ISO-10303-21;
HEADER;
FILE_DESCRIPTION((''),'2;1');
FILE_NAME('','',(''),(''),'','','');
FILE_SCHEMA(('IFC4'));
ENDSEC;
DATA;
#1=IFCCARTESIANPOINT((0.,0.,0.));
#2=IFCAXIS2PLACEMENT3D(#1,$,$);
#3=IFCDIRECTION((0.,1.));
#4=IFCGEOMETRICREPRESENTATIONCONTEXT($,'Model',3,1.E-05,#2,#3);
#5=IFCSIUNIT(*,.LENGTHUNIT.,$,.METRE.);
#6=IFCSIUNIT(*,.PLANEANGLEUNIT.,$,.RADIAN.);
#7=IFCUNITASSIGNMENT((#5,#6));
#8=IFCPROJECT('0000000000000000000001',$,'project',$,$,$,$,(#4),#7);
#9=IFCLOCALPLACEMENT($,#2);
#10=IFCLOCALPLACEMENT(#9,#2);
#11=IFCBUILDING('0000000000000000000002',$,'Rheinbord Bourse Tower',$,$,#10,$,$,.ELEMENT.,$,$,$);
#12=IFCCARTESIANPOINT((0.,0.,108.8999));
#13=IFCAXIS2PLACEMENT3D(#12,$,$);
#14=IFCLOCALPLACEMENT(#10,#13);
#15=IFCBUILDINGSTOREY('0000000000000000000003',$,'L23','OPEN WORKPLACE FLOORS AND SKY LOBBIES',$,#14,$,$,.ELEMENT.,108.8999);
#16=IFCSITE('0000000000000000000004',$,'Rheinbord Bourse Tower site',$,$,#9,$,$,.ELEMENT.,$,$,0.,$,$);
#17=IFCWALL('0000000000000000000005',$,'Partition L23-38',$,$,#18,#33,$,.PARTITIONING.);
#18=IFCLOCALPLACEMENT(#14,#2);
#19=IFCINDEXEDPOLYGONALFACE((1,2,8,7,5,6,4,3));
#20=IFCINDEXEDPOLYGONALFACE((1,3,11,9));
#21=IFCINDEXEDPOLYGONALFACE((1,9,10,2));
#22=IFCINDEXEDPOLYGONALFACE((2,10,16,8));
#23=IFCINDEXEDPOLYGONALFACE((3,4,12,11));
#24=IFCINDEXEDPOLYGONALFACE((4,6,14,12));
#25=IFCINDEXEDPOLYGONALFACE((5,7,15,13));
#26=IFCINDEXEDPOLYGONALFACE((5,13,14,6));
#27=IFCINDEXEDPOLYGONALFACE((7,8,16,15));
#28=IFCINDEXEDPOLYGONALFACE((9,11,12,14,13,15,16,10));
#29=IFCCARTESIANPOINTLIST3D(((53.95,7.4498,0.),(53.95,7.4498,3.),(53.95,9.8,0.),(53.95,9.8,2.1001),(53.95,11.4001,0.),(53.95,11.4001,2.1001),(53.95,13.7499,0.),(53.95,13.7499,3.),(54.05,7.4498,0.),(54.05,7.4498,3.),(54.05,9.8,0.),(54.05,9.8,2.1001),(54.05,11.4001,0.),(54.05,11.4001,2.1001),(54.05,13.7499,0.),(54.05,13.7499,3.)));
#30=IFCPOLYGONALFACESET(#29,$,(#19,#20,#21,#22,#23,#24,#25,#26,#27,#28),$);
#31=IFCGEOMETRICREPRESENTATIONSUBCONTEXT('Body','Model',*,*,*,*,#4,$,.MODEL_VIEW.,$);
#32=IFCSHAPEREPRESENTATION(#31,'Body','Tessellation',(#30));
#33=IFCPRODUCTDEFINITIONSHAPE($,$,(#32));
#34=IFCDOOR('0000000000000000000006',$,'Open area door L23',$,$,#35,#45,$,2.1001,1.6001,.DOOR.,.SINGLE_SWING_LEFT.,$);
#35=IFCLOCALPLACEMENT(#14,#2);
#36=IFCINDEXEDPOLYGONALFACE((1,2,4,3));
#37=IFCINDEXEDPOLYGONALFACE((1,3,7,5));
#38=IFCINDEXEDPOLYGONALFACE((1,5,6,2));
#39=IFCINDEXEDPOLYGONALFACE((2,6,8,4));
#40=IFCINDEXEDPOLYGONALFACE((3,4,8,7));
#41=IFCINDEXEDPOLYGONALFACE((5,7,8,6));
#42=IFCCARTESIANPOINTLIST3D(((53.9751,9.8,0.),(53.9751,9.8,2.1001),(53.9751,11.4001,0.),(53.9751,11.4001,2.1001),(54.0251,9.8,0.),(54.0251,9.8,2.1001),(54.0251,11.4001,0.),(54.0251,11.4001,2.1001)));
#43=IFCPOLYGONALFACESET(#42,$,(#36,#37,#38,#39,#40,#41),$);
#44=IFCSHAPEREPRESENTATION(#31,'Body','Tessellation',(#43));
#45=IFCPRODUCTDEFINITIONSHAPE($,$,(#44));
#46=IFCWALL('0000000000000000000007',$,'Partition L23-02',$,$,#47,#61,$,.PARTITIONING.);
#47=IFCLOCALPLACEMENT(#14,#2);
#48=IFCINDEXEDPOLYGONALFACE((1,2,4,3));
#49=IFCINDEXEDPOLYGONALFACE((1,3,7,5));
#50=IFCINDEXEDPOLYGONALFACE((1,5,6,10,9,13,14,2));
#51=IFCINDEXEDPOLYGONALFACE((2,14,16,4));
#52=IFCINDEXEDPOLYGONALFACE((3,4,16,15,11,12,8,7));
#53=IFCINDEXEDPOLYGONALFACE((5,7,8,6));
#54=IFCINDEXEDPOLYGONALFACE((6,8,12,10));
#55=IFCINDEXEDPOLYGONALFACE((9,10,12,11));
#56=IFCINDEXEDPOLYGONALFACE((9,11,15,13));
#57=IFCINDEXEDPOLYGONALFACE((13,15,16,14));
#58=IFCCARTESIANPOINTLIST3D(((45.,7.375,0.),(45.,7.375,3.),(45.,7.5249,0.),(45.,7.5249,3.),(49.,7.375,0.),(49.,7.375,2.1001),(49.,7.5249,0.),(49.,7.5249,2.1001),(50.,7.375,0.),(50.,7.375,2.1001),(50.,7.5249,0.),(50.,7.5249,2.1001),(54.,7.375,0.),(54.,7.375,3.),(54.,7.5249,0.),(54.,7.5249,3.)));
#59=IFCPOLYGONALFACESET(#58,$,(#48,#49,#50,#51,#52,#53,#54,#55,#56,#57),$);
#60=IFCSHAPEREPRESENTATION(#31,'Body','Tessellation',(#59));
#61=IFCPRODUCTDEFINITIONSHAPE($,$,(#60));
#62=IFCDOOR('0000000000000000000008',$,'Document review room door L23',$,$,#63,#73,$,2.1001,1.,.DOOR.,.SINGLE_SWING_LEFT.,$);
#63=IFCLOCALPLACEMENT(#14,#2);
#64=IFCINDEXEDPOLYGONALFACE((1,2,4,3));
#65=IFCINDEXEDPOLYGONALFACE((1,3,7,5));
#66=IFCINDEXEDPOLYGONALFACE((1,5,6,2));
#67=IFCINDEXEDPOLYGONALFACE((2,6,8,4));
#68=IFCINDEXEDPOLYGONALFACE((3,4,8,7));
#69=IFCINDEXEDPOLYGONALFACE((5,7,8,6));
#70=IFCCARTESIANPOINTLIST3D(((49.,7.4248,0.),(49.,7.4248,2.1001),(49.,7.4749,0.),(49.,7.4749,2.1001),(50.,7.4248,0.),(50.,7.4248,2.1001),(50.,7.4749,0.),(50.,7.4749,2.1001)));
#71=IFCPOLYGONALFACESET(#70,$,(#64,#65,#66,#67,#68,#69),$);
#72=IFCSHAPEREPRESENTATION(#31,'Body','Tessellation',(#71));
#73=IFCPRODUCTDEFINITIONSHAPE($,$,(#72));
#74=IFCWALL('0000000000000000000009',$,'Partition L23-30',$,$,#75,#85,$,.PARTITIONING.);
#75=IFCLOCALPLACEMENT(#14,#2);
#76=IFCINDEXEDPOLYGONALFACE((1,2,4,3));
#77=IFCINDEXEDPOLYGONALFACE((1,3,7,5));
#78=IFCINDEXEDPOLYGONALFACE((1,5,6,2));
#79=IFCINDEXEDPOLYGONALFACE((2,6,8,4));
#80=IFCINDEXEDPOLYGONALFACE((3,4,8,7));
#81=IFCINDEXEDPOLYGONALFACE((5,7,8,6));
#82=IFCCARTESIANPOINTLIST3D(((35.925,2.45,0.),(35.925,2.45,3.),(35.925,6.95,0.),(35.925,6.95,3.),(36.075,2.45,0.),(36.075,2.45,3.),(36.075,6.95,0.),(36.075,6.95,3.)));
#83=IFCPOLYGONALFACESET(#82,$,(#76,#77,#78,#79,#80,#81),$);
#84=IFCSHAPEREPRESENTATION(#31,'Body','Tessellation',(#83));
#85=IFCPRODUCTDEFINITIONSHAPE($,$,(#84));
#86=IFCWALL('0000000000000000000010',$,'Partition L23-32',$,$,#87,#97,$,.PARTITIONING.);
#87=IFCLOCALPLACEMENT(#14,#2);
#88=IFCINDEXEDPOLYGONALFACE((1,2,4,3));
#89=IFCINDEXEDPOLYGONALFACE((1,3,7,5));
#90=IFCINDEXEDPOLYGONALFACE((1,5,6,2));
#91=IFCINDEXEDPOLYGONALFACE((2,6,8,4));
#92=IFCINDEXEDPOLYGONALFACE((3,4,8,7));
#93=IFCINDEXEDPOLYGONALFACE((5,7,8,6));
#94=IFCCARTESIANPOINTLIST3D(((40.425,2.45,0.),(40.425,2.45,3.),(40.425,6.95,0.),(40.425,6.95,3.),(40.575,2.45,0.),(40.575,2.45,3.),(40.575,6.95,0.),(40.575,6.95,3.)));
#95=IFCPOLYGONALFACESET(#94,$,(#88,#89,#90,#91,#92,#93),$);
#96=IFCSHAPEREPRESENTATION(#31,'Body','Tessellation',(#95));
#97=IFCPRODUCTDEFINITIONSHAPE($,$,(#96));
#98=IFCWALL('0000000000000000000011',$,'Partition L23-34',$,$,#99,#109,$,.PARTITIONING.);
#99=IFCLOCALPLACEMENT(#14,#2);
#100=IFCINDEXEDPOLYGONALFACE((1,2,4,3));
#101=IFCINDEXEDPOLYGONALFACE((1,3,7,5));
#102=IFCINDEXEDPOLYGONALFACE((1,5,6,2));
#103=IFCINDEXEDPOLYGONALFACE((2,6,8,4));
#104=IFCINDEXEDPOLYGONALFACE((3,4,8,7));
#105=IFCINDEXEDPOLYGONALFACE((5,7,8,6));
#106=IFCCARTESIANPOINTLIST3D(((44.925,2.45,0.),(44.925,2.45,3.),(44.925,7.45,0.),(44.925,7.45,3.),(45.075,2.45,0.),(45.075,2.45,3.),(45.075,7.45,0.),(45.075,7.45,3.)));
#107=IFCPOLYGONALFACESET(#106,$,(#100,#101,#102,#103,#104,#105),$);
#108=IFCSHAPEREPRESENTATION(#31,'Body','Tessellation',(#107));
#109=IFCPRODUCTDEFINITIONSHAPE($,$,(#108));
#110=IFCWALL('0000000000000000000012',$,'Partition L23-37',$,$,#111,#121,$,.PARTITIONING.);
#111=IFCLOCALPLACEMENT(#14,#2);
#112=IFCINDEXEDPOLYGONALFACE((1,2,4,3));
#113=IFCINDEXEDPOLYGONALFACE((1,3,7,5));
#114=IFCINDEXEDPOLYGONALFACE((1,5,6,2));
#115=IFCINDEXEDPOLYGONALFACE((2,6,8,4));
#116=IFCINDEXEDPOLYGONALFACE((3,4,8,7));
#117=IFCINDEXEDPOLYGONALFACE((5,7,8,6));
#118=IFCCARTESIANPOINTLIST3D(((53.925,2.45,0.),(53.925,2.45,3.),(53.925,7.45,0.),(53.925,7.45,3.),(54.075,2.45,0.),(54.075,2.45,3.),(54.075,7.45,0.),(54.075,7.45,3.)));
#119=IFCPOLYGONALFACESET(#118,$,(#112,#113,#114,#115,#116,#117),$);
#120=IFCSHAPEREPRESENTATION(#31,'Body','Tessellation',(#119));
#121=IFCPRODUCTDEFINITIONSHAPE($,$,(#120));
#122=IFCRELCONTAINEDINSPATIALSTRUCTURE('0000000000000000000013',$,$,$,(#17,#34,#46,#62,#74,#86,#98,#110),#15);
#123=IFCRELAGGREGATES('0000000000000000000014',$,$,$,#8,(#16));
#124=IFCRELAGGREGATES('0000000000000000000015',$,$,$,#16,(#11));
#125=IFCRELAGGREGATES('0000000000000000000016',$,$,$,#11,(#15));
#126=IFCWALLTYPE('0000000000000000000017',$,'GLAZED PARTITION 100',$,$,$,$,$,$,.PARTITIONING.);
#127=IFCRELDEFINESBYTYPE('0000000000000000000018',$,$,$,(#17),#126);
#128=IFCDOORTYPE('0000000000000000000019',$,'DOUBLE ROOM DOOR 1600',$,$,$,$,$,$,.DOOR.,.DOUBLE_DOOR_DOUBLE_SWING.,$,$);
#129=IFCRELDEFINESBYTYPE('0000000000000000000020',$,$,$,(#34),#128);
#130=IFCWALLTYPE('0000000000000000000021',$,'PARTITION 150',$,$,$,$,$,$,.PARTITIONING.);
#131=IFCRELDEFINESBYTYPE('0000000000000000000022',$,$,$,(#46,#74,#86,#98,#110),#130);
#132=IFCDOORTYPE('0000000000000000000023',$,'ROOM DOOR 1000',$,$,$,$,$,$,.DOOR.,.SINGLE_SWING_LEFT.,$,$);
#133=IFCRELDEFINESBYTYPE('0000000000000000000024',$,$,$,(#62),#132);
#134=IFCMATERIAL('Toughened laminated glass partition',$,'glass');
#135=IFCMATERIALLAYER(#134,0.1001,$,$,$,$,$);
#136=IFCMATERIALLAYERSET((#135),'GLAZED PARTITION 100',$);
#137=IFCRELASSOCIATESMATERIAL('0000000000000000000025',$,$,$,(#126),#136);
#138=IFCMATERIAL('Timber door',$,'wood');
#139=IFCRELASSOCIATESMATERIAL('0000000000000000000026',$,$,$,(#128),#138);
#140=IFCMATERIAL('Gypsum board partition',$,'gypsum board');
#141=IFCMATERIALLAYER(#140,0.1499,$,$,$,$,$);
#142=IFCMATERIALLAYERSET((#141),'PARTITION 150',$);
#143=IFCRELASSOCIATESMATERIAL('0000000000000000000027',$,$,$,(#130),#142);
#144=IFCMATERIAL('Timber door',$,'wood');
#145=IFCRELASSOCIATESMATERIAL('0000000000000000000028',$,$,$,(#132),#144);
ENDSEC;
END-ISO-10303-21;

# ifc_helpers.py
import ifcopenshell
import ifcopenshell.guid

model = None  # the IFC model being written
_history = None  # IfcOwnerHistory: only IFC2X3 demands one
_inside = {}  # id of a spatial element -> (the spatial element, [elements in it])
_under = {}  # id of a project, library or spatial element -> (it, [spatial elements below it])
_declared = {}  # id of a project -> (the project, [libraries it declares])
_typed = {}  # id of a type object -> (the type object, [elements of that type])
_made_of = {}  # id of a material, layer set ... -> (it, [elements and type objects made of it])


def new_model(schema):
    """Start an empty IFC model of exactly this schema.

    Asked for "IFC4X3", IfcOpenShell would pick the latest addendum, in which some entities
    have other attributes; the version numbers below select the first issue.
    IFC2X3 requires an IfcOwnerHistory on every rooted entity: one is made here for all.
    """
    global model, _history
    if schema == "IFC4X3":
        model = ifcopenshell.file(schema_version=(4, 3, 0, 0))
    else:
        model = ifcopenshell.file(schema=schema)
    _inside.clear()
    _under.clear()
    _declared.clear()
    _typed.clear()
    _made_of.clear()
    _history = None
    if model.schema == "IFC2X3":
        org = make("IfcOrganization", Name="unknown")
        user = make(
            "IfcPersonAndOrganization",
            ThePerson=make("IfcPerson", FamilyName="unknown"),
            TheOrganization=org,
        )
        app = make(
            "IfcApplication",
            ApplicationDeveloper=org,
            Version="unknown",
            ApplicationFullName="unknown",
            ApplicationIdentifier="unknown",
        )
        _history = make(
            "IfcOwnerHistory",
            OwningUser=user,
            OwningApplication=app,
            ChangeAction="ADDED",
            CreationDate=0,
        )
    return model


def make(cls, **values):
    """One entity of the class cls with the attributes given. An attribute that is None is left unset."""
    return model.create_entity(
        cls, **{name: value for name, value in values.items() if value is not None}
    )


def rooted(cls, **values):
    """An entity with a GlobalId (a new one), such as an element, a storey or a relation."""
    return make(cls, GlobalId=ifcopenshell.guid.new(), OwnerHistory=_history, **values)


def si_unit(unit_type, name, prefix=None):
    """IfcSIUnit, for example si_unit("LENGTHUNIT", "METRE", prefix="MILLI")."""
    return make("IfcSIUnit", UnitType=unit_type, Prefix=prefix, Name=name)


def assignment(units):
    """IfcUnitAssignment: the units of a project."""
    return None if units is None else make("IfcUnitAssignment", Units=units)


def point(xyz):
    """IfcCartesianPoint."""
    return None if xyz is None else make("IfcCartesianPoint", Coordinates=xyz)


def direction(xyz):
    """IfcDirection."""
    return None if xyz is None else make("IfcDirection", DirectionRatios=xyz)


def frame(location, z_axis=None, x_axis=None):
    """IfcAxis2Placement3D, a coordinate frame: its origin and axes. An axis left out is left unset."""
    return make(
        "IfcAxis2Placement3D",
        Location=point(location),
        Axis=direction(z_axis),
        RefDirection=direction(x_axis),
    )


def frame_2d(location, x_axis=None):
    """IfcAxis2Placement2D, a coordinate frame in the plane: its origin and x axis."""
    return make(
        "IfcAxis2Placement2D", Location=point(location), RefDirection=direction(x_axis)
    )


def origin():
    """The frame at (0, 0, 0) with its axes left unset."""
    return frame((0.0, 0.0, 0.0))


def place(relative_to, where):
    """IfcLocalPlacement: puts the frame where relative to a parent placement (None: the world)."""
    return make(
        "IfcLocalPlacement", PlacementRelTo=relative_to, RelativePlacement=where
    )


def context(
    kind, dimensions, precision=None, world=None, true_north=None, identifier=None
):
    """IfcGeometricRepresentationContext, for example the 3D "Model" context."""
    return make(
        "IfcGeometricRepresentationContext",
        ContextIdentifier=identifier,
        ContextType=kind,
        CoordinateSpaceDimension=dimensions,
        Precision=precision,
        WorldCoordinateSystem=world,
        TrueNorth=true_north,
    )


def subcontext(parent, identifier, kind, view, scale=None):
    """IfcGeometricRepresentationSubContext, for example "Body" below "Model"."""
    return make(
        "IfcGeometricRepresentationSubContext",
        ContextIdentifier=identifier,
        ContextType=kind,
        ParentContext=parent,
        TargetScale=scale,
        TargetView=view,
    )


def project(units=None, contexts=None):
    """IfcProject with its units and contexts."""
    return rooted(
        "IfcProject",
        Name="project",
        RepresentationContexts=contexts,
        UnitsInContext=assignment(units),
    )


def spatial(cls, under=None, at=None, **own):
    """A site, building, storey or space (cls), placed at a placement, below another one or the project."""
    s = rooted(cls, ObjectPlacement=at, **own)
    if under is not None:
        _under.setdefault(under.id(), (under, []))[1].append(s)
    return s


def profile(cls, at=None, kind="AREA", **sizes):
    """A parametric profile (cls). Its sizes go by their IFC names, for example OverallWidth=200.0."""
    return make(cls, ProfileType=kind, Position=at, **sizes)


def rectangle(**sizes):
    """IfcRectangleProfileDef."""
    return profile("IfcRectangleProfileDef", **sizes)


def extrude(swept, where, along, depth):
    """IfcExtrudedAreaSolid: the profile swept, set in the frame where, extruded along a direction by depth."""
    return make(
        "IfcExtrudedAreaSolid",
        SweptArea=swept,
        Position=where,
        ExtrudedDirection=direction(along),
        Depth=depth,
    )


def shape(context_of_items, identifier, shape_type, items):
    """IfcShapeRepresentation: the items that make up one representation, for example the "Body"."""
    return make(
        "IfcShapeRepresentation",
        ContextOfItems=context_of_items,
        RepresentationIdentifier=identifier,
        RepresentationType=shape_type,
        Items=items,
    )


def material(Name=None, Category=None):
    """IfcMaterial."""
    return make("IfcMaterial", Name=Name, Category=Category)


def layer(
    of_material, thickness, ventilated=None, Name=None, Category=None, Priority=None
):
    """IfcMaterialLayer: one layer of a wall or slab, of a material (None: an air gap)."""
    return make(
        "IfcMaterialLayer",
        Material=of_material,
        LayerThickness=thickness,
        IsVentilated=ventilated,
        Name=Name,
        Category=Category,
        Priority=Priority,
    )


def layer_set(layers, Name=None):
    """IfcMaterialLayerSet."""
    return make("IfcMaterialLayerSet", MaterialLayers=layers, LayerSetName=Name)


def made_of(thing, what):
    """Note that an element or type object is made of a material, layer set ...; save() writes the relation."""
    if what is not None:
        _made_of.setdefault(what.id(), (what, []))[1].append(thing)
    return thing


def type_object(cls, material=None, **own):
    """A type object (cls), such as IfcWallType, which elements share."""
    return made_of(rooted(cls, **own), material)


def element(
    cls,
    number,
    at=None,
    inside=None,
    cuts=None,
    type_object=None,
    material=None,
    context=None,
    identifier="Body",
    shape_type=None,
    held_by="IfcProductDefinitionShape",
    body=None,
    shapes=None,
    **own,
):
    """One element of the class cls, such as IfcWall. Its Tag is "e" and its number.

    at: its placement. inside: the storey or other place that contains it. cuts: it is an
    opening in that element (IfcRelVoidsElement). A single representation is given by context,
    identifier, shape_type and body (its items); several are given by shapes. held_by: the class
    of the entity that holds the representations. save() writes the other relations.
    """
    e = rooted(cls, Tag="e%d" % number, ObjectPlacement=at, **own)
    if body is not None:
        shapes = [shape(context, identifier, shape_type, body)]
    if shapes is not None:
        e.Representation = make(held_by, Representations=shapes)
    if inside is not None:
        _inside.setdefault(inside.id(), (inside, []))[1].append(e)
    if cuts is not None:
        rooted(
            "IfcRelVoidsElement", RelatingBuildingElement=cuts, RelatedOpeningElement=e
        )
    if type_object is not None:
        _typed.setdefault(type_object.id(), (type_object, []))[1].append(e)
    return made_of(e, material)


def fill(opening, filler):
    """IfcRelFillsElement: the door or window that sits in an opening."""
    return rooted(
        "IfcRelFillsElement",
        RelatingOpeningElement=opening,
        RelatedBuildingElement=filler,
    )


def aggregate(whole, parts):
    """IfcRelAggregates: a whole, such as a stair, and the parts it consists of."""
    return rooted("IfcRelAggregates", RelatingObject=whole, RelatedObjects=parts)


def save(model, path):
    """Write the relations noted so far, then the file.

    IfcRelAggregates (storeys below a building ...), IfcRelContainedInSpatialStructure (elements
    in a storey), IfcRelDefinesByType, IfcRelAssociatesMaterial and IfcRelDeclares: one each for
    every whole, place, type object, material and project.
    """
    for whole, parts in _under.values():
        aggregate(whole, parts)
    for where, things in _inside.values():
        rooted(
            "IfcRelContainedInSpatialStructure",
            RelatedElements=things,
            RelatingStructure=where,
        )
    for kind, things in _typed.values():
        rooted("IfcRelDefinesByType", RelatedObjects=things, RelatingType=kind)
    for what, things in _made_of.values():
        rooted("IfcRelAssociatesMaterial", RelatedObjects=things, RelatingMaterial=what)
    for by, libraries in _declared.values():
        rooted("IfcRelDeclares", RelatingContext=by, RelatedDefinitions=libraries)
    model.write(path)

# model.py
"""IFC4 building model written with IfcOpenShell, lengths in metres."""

from ifc_helpers import new_model, si_unit, direction, frame, frame_2d, origin, place, context, subcontext, project, spatial, rectangle, extrude, material, layer, layer_set, type_object, element, fill, save


model = new_model("IFC4")

# Units and contexts
model_context = context("Model", 3, precision=1e-05, world=origin(), true_north=direction((0.0, 1.0)))
body_context = subcontext(model_context, "Body", "Model", "MODEL_VIEW")
ifc_project = project(units=[si_unit("LENGTHUNIT", "METRE"), si_unit("PLANEANGLEUNIT", "RADIAN")], contexts=[model_context])

# Site, building, storey
site_placement = place(None, origin())
site = spatial("IfcSite", under=ifc_project, at=site_placement, Name="Rheinbord Bourse Tower site", CompositionType="ELEMENT", RefElevation=0.0)
building_placement = place(site_placement, origin())
building = spatial("IfcBuilding", under=site, at=building_placement, Name="Rheinbord Bourse Tower", CompositionType="ELEMENT")
storey_placement = place(building_placement, frame((0.0, 0.0, 108.8999)))
storey = spatial("IfcBuildingStorey", under=building, at=storey_placement, Name="L23", Description="OPEN WORKPLACE FLOORS AND SKY LOBBIES", CompositionType="ELEMENT", Elevation=108.8999)

# Walls, openings, doors
ifc_material_1 = material(Name="Toughened laminated glass partition", Category="glass")
ifc_layer_1 = layer(ifc_material_1, 0.1001)
ifc_layer_set_1 = layer_set([ifc_layer_1], Name="GLAZED PARTITION 100")
wall_type_1 = type_object("IfcWallType", Name="GLAZED PARTITION 100", PredefinedType="PARTITIONING", material=ifc_layer_set_1)
wall_1_placement = place(storey_placement, frame((54.0, 7.45, 0.0), z_axis=(0.0, 0.0, 1.0), x_axis=(0.0, 1.0, 0.0)))
wall_1 = element("IfcWall", 1, at=wall_1_placement, inside=storey, type_object=wall_type_1, Name="Partition L23-38", PredefinedType="PARTITIONING", context=body_context, shape_type="SweptSolid", body=[
    extrude(rectangle(XDim=6.3, YDim=0.1001, at=frame_2d((3.1499, 0.0))), origin(), (0.0, 0.0, 1.0), 3.0),
])
opening_1_placement = place(wall_1_placement, frame((2.3501, 0.0, 0.0)))
opening_1 = element("IfcOpeningElement", 2, at=opening_1_placement, cuts=wall_1, PredefinedType="OPENING", context=body_context, shape_type="SweptSolid", body=[
    extrude(rectangle(XDim=1.6001, YDim=2.1001, at=frame_2d((0.8, 1.05))), frame((0.0, 0.0601, 0.0), z_axis=(0.0, -1.0, 0.0), x_axis=(1.0, 0.0, 0.0)), (0.0, 0.0, 1.0), 0.1201),
])
ifc_material_2 = material(Name="Timber door", Category="wood")
door_type_1 = type_object("IfcDoorType", Name="DOUBLE ROOM DOOR 1600", OperationType="DOUBLE_DOOR_DOUBLE_SWING", PredefinedType="DOOR", material=ifc_material_2)
door_1_placement = place(opening_1_placement, origin())
door_1 = element("IfcDoor", 3, at=door_1_placement, inside=storey, type_object=door_type_1, Name="Open area door L23", OperationType="SINGLE_SWING_LEFT", OverallHeight=2.1001, OverallWidth=1.6001, PredefinedType="DOOR", context=body_context, shape_type="SweptSolid", body=[
    extrude(rectangle(XDim=1.6001, YDim=2.1001, at=frame_2d((0.8, 1.05))), frame((0.0, 0.0249, 0.0), z_axis=(0.0, -1.0, 0.0), x_axis=(1.0, 0.0, 0.0)), (0.0, 0.0, 1.0), 0.05),
])
fill(opening_1, door_1)
ifc_material_3 = material(Name="Gypsum board partition", Category="gypsum board")
ifc_layer_2 = layer(ifc_material_3, 0.1499)
ifc_layer_set_2 = layer_set([ifc_layer_2], Name="PARTITION 150")
wall_type_2 = type_object("IfcWallType", Name="PARTITION 150", PredefinedType="PARTITIONING", material=ifc_layer_set_2)
wall_2_placement = place(storey_placement, frame((45.0, 7.45, 0.0), z_axis=(0.0, 0.0, 1.0), x_axis=(1.0, 0.0, 0.0)))
wall_2 = element("IfcWall", 4, at=wall_2_placement, inside=storey, type_object=wall_type_2, Name="Partition L23-02", PredefinedType="PARTITIONING", context=body_context, shape_type="SweptSolid", body=[
    extrude(rectangle(XDim=9.0, YDim=0.1499, at=frame_2d((4.5, 0.0))), origin(), (0.0, 0.0, 1.0), 3.0),
])
opening_2_placement = place(wall_2_placement, frame((4.0, 0.0, 0.0)))
opening_2 = element("IfcOpeningElement", 5, at=opening_2_placement, cuts=wall_2, PredefinedType="OPENING", context=body_context, shape_type="SweptSolid", body=[
    extrude(rectangle(XDim=1.0, YDim=2.1001, at=frame_2d((0.5, 1.05))), frame((0.0, 0.085, 0.0), z_axis=(0.0, -1.0, 0.0), x_axis=(1.0, 0.0, 0.0)), (0.0, 0.0, 1.0), 0.1699),
])
ifc_material_4 = material(Name="Timber door", Category="wood")
door_type_2 = type_object("IfcDoorType", Name="ROOM DOOR 1000", OperationType="SINGLE_SWING_LEFT", PredefinedType="DOOR", material=ifc_material_4)
door_2_placement = place(opening_2_placement, origin())
door_2 = element("IfcDoor", 6, at=door_2_placement, inside=storey, type_object=door_type_2, Name="Document review room door L23", OperationType="SINGLE_SWING_LEFT", OverallHeight=2.1001, OverallWidth=1.0, PredefinedType="DOOR", context=body_context, shape_type="SweptSolid", body=[
    extrude(rectangle(XDim=1.0, YDim=2.1001, at=frame_2d((0.5, 1.05))), frame((0.0, 0.0249, 0.0), z_axis=(0.0, -1.0, 0.0), x_axis=(1.0, 0.0, 0.0)), (0.0, 0.0, 1.0), 0.05),
])
fill(opening_2, door_2)

# Walls
for number, where, z_axis, x_axis, name in (
    (7, (36.0, 2.45, 0.0), (0.0, 0.0, 1.0), (0.0, 1.0, 0.0), "Partition L23-30"),
    (8, (40.5, 2.45, 0.0), (0.0, 0.0, 1.0), (0.0, 1.0, 0.0), "Partition L23-32"),
):
    element("IfcWall", number, at=place(storey_placement, frame(where, z_axis=z_axis, x_axis=x_axis)), inside=storey, type_object=wall_type_2, Name=name, PredefinedType="PARTITIONING", context=body_context, shape_type="SweptSolid", body=[
        extrude(rectangle(XDim=4.5, YDim=0.1499, at=frame_2d((2.25, 0.0))), origin(), (0.0, 0.0, 1.0), 3.0),
    ])
for number, where, z_axis, x_axis, name in (
    (9, (45.0, 2.45, 0.0), (0.0, 0.0, 1.0), (0.0, 1.0, 0.0), "Partition L23-34"),
    (10, (54.0, 2.45, 0.0), (0.0, 0.0, 1.0), (0.0, 1.0, 0.0), "Partition L23-37"),
):
    element("IfcWall", number, at=place(storey_placement, frame(where, z_axis=z_axis, x_axis=x_axis)), inside=storey, type_object=wall_type_2, Name=name, PredefinedType="PARTITIONING", context=body_context, shape_type="SweptSolid", body=[
        extrude(rectangle(XDim=5.0, YDim=0.1499, at=frame_2d((2.5, 0.0))), origin(), (0.0, 0.0, 1.0), 3.0),
    ])

save(model, "model.ifc")
